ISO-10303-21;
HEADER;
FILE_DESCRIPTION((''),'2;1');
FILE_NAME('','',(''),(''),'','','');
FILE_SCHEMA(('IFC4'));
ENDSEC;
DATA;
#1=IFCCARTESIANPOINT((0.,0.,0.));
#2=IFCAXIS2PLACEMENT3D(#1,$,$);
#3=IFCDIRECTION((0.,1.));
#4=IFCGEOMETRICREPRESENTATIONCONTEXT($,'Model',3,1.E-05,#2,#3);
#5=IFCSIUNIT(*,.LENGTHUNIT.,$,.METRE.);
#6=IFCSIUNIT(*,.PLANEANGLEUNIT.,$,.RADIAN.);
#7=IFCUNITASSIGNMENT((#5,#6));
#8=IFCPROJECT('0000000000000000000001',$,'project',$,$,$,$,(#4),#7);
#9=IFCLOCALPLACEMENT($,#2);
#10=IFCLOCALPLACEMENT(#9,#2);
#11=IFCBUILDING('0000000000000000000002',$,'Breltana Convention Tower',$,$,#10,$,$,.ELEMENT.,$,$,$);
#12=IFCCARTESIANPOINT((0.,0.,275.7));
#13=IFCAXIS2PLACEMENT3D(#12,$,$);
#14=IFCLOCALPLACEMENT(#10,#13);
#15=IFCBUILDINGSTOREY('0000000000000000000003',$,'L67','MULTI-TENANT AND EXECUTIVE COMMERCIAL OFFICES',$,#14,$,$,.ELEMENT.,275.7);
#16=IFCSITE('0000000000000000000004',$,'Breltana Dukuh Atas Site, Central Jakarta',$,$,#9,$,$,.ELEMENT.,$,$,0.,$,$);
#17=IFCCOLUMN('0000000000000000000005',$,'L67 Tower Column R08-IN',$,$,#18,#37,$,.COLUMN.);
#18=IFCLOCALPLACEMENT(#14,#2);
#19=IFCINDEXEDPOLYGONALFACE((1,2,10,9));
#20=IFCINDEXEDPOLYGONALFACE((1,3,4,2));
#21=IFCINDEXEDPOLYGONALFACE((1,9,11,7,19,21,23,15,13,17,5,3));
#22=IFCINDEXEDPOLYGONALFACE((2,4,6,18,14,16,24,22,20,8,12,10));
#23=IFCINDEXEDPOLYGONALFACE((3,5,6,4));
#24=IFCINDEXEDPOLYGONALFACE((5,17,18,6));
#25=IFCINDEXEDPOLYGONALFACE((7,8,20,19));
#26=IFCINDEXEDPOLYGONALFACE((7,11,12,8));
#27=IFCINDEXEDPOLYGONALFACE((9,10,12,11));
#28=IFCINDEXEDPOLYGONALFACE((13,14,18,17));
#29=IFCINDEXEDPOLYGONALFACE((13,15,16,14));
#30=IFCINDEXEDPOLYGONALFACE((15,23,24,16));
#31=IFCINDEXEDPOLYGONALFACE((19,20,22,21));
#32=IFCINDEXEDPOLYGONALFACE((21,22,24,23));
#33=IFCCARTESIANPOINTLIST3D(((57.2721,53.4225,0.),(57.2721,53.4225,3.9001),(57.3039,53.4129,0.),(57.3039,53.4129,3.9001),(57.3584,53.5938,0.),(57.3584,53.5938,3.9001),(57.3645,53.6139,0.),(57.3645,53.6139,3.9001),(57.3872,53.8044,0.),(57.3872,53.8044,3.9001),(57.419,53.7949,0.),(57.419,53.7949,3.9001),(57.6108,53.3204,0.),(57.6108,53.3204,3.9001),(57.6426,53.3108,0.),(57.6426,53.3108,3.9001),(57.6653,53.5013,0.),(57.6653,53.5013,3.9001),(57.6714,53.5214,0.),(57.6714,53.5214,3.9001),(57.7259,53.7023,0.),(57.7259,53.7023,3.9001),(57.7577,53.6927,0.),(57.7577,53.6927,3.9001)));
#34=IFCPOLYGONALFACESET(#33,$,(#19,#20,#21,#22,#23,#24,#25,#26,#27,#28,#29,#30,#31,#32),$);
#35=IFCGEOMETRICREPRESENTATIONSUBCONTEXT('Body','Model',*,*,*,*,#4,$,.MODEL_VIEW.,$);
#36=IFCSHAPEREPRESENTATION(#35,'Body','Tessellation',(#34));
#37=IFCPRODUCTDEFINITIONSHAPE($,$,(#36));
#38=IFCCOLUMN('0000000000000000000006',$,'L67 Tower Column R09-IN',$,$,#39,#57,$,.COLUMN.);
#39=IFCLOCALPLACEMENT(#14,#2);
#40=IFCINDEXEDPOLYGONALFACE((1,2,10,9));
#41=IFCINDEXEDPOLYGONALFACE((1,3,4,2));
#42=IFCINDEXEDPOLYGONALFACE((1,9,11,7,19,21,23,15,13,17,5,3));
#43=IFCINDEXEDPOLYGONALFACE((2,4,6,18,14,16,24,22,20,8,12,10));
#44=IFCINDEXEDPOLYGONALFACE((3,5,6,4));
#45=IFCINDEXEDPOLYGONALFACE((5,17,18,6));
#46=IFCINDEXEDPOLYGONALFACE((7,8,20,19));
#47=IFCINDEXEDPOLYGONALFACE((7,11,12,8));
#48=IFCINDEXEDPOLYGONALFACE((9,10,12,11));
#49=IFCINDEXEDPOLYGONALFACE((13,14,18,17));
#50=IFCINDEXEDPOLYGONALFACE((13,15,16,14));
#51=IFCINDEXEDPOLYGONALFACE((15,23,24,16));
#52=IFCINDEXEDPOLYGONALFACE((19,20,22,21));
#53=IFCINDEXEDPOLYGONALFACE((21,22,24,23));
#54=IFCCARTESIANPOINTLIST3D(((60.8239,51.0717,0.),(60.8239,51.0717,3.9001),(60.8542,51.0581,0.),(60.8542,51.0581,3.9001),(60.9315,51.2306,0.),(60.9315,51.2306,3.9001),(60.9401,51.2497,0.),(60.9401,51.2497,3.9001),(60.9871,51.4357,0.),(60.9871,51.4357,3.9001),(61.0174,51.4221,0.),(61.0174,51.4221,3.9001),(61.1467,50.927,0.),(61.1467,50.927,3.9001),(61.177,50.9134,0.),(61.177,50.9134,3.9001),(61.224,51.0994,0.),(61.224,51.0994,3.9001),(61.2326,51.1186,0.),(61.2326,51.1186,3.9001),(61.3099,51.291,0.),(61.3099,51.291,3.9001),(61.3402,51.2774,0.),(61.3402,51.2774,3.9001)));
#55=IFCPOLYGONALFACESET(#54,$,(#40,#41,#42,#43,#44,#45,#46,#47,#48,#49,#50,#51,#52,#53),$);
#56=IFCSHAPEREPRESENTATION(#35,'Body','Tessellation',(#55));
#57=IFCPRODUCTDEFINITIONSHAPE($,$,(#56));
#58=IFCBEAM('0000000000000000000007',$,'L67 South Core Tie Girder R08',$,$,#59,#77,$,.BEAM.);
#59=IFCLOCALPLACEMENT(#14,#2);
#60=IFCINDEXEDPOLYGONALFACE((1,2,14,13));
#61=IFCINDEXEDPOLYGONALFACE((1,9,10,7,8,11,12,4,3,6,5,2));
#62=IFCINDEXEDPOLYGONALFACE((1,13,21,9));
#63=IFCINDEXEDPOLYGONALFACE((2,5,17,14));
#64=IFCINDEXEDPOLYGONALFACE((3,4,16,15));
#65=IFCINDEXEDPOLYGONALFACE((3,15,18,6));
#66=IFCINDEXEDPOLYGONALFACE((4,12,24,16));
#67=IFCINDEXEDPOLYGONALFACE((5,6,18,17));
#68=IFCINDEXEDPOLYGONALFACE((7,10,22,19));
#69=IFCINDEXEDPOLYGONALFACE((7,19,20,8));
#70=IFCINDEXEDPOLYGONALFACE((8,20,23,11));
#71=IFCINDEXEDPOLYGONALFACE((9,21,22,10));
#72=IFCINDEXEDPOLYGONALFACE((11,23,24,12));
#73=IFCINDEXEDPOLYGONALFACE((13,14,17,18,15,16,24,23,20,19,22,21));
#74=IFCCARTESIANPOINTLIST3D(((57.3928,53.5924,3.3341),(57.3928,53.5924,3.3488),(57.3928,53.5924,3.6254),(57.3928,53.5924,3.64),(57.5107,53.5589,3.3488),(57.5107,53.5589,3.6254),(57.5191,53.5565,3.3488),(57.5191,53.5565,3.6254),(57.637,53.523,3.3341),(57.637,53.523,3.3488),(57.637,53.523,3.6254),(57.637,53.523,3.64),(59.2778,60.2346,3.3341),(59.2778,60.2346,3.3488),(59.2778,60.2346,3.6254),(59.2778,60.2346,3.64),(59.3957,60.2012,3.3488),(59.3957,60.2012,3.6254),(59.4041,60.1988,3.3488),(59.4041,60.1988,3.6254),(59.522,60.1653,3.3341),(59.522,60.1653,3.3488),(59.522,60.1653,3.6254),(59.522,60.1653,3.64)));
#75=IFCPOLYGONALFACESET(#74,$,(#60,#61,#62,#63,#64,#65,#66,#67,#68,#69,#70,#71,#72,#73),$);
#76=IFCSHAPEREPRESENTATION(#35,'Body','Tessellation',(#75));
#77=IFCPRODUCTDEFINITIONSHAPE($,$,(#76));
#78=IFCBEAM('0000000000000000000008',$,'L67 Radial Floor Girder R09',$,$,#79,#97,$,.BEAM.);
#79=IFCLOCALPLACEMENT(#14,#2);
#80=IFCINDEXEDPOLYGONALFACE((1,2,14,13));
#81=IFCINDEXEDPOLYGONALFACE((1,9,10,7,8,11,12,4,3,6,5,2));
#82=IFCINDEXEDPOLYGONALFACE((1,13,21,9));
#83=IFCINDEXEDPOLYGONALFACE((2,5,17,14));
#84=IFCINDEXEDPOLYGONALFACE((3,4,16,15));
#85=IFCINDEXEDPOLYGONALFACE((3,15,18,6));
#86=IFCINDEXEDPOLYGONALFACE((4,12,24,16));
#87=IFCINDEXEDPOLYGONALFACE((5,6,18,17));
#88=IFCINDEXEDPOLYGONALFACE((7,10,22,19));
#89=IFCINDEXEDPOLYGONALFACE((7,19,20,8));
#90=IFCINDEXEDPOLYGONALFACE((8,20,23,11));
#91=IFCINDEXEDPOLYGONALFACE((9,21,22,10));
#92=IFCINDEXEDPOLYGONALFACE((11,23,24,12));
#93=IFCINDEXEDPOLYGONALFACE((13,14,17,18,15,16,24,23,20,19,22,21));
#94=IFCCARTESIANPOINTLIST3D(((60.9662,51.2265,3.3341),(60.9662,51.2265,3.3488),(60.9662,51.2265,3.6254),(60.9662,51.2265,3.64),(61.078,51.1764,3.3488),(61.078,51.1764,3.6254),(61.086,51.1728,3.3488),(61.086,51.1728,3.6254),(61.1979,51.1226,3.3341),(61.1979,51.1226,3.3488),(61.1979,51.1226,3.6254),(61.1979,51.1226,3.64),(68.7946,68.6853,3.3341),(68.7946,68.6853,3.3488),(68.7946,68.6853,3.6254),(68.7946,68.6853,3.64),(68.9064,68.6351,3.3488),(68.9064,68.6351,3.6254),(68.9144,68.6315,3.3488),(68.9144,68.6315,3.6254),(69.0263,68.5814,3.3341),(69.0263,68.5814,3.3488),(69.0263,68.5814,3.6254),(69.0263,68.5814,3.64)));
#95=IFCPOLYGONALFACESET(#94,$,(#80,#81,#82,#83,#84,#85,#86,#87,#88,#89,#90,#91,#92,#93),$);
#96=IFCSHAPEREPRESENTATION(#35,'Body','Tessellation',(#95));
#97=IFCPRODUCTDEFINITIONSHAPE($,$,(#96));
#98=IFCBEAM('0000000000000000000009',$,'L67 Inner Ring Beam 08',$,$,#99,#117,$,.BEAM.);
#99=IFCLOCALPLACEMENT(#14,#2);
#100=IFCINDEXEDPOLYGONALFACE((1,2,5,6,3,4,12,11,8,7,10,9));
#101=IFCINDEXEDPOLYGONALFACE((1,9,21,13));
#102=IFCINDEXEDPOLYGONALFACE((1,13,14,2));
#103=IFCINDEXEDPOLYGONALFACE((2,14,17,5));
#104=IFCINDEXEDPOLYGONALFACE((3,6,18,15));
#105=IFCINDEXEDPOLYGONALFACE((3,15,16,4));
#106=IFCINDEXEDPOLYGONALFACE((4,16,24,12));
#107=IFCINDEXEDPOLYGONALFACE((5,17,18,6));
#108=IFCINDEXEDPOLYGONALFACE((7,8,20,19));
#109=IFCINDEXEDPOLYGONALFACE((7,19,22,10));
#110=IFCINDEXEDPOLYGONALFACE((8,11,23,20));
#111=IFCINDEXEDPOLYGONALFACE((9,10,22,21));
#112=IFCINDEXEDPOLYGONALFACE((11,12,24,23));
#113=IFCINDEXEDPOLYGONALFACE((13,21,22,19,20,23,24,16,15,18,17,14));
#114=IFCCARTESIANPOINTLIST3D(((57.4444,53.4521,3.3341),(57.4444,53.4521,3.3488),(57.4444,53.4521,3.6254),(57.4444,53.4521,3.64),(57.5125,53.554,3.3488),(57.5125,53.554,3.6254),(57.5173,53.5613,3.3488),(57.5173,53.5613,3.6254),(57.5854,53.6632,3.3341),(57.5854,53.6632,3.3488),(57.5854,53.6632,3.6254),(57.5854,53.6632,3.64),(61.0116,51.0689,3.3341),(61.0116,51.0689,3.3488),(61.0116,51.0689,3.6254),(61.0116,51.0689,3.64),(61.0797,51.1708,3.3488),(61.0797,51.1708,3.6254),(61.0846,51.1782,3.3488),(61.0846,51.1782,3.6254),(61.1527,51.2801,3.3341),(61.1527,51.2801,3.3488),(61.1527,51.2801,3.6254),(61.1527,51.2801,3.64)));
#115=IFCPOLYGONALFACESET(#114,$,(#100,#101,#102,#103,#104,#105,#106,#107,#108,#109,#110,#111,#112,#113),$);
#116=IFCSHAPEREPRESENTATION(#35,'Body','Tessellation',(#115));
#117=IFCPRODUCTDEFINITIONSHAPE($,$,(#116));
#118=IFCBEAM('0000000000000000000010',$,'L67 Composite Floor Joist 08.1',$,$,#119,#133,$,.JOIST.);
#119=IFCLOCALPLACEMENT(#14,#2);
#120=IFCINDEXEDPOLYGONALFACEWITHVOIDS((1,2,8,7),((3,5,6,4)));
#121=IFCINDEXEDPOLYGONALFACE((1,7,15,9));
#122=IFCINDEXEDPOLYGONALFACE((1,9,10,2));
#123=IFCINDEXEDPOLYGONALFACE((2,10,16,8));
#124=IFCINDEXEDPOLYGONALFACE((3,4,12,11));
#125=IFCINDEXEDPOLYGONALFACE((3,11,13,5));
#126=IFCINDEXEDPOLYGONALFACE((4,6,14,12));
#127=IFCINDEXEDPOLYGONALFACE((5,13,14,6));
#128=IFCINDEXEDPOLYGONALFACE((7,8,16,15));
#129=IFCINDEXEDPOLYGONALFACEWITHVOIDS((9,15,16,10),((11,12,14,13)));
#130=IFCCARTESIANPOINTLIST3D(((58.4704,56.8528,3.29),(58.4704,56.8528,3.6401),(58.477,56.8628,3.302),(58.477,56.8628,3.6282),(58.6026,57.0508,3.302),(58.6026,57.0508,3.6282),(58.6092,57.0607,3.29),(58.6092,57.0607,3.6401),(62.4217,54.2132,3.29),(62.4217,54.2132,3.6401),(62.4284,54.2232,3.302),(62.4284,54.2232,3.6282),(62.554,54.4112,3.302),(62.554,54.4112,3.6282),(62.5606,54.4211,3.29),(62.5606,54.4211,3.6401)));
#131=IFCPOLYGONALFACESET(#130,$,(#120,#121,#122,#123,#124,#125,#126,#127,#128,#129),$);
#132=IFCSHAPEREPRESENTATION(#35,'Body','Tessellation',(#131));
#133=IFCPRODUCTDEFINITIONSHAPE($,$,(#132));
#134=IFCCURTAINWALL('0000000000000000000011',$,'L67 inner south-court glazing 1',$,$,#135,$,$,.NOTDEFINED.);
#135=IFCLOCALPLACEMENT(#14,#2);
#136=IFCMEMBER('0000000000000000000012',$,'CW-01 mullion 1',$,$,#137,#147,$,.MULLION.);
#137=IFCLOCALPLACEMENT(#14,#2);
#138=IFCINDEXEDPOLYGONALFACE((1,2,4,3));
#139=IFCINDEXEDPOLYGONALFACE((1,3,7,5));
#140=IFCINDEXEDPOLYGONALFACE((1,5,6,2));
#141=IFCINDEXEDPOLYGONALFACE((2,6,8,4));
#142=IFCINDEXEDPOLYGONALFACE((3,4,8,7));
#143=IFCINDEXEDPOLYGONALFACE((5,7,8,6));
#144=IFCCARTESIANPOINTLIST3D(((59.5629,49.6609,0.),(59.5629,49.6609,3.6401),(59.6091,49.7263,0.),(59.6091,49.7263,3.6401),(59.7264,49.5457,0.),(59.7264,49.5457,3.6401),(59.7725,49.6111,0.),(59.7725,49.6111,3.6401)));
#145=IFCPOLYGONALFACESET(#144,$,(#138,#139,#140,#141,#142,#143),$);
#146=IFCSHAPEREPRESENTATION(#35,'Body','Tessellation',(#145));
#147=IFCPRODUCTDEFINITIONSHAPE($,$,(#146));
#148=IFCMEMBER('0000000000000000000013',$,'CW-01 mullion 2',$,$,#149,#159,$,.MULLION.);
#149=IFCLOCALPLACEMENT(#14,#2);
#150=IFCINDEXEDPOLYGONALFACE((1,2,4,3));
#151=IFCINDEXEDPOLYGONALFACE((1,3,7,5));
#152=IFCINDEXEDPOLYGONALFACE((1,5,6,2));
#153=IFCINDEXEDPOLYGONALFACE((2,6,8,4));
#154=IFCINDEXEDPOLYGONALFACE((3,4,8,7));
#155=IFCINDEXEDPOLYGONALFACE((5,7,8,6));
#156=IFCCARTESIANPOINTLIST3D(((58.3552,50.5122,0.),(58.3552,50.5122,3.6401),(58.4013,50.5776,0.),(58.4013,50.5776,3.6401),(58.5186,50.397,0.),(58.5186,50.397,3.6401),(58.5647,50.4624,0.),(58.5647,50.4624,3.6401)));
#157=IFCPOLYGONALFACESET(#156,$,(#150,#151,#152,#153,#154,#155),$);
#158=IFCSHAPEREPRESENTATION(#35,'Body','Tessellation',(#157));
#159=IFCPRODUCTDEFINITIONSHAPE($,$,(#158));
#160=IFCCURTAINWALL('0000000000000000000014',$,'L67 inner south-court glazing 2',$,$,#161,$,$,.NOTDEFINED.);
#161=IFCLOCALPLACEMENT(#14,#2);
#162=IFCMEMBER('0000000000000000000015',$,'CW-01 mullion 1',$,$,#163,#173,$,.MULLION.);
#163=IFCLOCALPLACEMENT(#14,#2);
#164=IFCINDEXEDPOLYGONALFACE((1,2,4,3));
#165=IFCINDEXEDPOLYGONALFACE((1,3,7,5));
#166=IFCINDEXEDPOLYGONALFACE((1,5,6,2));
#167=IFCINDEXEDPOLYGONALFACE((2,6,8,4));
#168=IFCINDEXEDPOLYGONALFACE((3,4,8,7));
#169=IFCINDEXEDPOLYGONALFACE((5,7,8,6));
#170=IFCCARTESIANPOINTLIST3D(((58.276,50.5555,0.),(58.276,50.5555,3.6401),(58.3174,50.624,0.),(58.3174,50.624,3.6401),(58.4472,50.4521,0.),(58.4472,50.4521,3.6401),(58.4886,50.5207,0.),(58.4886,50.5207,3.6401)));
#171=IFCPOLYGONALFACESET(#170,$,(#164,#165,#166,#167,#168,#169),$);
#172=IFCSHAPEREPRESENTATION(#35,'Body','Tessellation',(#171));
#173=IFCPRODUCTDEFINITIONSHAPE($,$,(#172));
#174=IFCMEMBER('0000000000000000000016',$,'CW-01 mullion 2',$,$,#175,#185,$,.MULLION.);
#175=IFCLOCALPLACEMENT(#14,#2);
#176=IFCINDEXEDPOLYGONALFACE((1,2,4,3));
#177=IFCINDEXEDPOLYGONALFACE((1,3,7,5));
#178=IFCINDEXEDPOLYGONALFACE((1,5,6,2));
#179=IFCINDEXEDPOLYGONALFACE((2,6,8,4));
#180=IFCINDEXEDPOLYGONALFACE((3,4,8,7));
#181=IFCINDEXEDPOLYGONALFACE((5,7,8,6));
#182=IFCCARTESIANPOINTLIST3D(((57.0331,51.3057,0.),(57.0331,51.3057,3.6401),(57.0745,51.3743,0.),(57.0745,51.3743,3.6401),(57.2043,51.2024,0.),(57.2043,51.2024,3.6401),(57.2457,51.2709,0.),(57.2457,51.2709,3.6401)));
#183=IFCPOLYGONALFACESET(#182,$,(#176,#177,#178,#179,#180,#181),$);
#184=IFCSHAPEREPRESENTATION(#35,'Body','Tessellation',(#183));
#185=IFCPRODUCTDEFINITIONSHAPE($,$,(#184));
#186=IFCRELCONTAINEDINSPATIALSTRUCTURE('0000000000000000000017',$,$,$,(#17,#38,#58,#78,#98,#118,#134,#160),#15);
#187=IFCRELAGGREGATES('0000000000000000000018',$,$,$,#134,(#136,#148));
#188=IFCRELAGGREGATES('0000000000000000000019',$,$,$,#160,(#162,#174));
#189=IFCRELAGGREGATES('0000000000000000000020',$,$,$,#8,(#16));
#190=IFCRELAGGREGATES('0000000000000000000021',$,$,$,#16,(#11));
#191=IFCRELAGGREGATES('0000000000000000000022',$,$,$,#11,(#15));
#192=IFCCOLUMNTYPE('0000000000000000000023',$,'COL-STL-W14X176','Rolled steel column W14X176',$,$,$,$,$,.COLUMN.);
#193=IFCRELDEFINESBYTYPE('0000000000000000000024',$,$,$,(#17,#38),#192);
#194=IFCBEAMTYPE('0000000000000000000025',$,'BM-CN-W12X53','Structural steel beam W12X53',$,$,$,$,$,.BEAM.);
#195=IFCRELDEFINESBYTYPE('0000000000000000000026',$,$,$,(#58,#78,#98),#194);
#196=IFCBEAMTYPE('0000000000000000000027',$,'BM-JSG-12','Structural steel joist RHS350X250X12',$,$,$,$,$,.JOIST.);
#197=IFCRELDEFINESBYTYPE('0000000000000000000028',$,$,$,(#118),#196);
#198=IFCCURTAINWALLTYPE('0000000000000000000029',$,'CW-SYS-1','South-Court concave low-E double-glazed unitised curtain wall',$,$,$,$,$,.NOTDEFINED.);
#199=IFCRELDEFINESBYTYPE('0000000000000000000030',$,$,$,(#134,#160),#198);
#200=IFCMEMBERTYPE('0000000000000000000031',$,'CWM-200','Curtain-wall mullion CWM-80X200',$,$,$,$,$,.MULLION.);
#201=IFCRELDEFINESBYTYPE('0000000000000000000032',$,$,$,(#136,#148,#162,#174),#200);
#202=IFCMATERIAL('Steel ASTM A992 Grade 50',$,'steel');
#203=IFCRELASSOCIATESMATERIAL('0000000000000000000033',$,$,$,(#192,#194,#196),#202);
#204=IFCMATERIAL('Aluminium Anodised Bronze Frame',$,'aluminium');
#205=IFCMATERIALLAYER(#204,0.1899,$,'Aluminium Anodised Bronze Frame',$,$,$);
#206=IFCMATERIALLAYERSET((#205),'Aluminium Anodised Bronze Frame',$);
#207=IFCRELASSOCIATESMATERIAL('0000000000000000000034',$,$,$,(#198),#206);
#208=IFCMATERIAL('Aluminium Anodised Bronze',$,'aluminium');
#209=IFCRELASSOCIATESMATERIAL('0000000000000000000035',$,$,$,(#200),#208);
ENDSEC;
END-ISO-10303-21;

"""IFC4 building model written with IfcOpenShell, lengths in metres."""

from ifc_helpers import new_model, si_unit, direction, frame, origin, origin_2d, place, context, subcontext, project, spatial, rectangle, hollow_rectangle, i_section, extrude, source, transform, mapped, material, layer, layer_set, material_profile, profile_set, type_object, element, aggregate, save


model = new_model("IFC4")

# Units and contexts
model_context = context("Model", 3, precision=1e-05, world=origin(), true_north=direction((0.0, 1.0)))
body_context = subcontext(model_context, "Body", "Model", "MODEL_VIEW")
ifc_project = project(units=[si_unit("LENGTHUNIT", "METRE"), si_unit("PLANEANGLEUNIT", "RADIAN")], contexts=[model_context])

# Site, building, storey
site_placement = place(None, origin())
site = spatial("IfcSite", under=ifc_project, at=site_placement, Name="Breltana Dukuh Atas Site, Central Jakarta", CompositionType="ELEMENT", RefElevation=0.0)
building_placement = place(site_placement, origin())
building = spatial("IfcBuilding", under=site, at=building_placement, Name="Breltana Convention Tower", CompositionType="ELEMENT")
storey_placement = place(building_placement, frame((0.0, 0.0, 275.7)))
storey = spatial("IfcBuildingStorey", under=building, at=storey_placement, Name="L67", Description="MULTI-TENANT AND EXECUTIVE COMMERCIAL OFFICES", CompositionType="ELEMENT", Elevation=275.7)

# Columns
ifc_material_1 = material(Name="Steel ASTM A992 Grade 50", Category="steel")
ifc_material_profile_1 = material_profile(ifc_material_1, i_section(OverallWidth=0.3989, OverallDepth=0.387, WebThickness=0.021, FlangeThickness=0.0332, at=origin_2d()), Name="W14X176")
ifc_profile_set_1 = profile_set([ifc_material_profile_1], Name="Steel ASTM A992 Grade 50")
column_type = type_object("IfcColumnType", Name="COL-STL-W14X176", Description="Rolled steel column W14X176", PredefinedType="COLUMN", material=ifc_profile_set_1)
shared_shape_1 = source(origin(), body_context, "Body", "SweptSolid", [
    extrude(i_section(OverallWidth=0.3989, OverallDepth=0.387, WebThickness=0.021, FlangeThickness=0.0332, at=origin_2d()), origin(), (0.0, 0.0, 1.0), 3.9001),
])
for number, where, z_axis, x_axis, name in (
    (1, (57.5149, 53.5576, 0.0), (0.0, 0.0, 1.0), (0.288698, 0.95742, 0.0), "L67 Tower Column R08-IN"),
    (2, (61.082, 51.1746, 0.0), (0.0, 0.0, 1.0), (0.409127, 0.912477, 0.0), "L67 Tower Column R09-IN"),
):
    element("IfcColumn", number, at=place(storey_placement, frame(where, z_axis=z_axis, x_axis=x_axis)), inside=storey, type_object=column_type, Name=name, PredefinedType="COLUMN", context=body_context, shape_type="MappedRepresentation", body=[
        mapped(shared_shape_1, transform((0.0, 0.0, 0.0), scale=1.0)),
    ])

# Beams
ifc_material_profile_2 = material_profile(ifc_material_1, i_section(OverallWidth=0.2539, OverallDepth=0.3059, WebThickness=0.0088, FlangeThickness=0.0146, at=origin_2d()), Name="W12X53")
ifc_profile_set_2 = profile_set([ifc_material_profile_2], Name="Steel ASTM A992 Grade 50")
beam_type_1 = type_object("IfcBeamType", Name="BM-CN-W12X53", Description="Structural steel beam W12X53", PredefinedType="BEAM", material=ifc_profile_set_2)
shared_shape_2 = source(origin(), body_context, "Body", "SweptSolid", [
    extrude(i_section(OverallWidth=0.2539, OverallDepth=0.3059, WebThickness=0.0088, FlangeThickness=0.0146, at=origin_2d()), origin(), (0.0, 0.0, 1.0), 6.9045),
])
beam_1_placement = place(storey_placement, frame((59.3999, 60.2, 3.4871), z_axis=(-0.273007, -0.962012, 0.0), x_axis=(0.962012, -0.273007, 0.0)))
element("IfcBeam", 3, at=beam_1_placement, inside=storey, type_object=beam_type_1, Name="L67 South Core Tie Girder R08", PredefinedType="BEAM", context=body_context, shape_type="MappedRepresentation", body=[
    mapped(shared_shape_2, transform((0.0, 0.0, 0.0), scale=1.0)),
])
shared_shape_3 = source(origin(), body_context, "Body", "SweptSolid", [
    extrude(i_section(OverallWidth=0.2539, OverallDepth=0.3059, WebThickness=0.0088, FlangeThickness=0.0146, at=origin_2d()), origin(), (0.0, 0.0, 1.0), 19.1335),
])
beam_2_placement = place(storey_placement, frame((61.082, 51.1746, 3.4871), z_axis=(0.409145, 0.91247, 0.0), x_axis=(-0.91247, 0.409145, 0.0)))
element("IfcBeam", 4, at=beam_2_placement, inside=storey, type_object=beam_type_1, Name="L67 Radial Floor Girder R09", PredefinedType="BEAM", context=body_context, shape_type="MappedRepresentation", body=[
    mapped(shared_shape_3, transform((0.0, 0.0, 0.0), scale=1.0)),
])
shared_shape_4 = source(origin(), body_context, "Body", "SweptSolid", [
    extrude(i_section(OverallWidth=0.2539, OverallDepth=0.3059, WebThickness=0.0088, FlangeThickness=0.0146, at=origin_2d()), origin(), (0.0, 0.0, 1.0), 4.29),
])
beam_3_placement = place(storey_placement, frame((57.5149, 53.5576, 3.4871), z_axis=(0.831516, -0.555501, 0.0), x_axis=(0.555501, 0.831516, 0.0)))
element("IfcBeam", 5, at=beam_3_placement, inside=storey, type_object=beam_type_1, Name="L67 Inner Ring Beam 08", PredefinedType="BEAM", context=body_context, shape_type="MappedRepresentation", body=[
    mapped(shared_shape_4, transform((0.0, 0.0, 0.0), scale=1.0)),
])
ifc_material_profile_3 = material_profile(ifc_material_1, hollow_rectangle(XDim=0.25, YDim=0.3501, WallThickness=0.012, at=origin_2d()), Name="RHS350X250X12")
ifc_profile_set_3 = profile_set([ifc_material_profile_3], Name="Steel ASTM A992 Grade 50")
beam_type_2 = type_object("IfcBeamType", Name="BM-JSG-12", Description="Structural steel joist RHS350X250X12", PredefinedType="JOIST", material=ifc_profile_set_3)
shared_shape_5 = source(origin(), body_context, "Body", "SweptSolid", [
    extrude(hollow_rectangle(XDim=0.25, YDim=0.3501, WallThickness=0.012, at=origin_2d()), origin(), (0.0, 0.0, 1.0), 4.752),
])
beam_4_placement = place(storey_placement, frame((58.5398, 56.9568, 3.4651), z_axis=(0.831528, -0.555482, 0.0), x_axis=(0.555482, 0.831528, 0.0)))
element("IfcBeam", 6, at=beam_4_placement, inside=storey, type_object=beam_type_2, Name="L67 Composite Floor Joist 08.1", PredefinedType="JOIST", context=body_context, shape_type="MappedRepresentation", body=[
    mapped(shared_shape_5, transform((0.0, 0.0, 0.0), scale=1.0)),
])

# Curtain walls, members
ifc_material_2 = material(Name="Aluminium Anodised Bronze Frame", Category="aluminium")
ifc_layer_1 = layer(ifc_material_2, 0.1899, Name="Aluminium Anodised Bronze Frame")
ifc_layer_set_1 = layer_set([ifc_layer_1], Name="Aluminium Anodised Bronze Frame")
curtain_wall_type = type_object("IfcCurtainWallType", Name="CW-SYS-1", Description="South-Court concave low-E double-glazed unitised curtain wall", PredefinedType="NOTDEFINED", material=ifc_layer_set_1)
curtain_wall_1_placement = place(storey_placement, origin())
curtain_wall_1 = element("IfcCurtainWall", 7, at=curtain_wall_1_placement, inside=storey, type_object=curtain_wall_type, Name="L67 inner south-court glazing 1", PredefinedType="NOTDEFINED")
ifc_material_3 = material(Name="Aluminium Anodised Bronze", Category="aluminium")
ifc_material_profile_4 = material_profile(ifc_material_3, rectangle(XDim=0.0801, YDim=0.2, at=origin_2d()), Name="CWM-80X200")
ifc_profile_set_4 = profile_set([ifc_material_profile_4], Name="Aluminium Anodised Bronze")
member_type_1 = type_object("IfcMemberType", Name="CWM-200", Description="Curtain-wall mullion CWM-80X200", PredefinedType="MULLION", material=ifc_profile_set_4)
shared_shape_6 = source(origin(), body_context, "Body", "SweptSolid", [
    extrude(rectangle(XDim=0.0801, YDim=0.2, at=origin_2d()), origin(), (0.0, 0.0, 1.0), 3.6401),
])
member_1_placement = place(storey_placement, frame((59.6677, 49.636, 0.0), z_axis=(0.0, 0.0, 1.0), x_axis=(-0.576174, -0.817327, 0.0)))
member_1 = element("IfcMember", 8, at=member_1_placement, type_object=member_type_1, Name="CW-01 mullion 1", PredefinedType="MULLION", context=body_context, shape_type="MappedRepresentation", body=[
    mapped(shared_shape_6, transform((0.0, 0.0, 0.0), scale=1.0)),
])
member_2_placement = place(storey_placement, frame((58.46, 50.4873, 0.0), z_axis=(0.0, 0.0, 1.0), x_axis=(-0.576174, -0.817327, 0.0)))
member_2 = element("IfcMember", 9, at=member_2_placement, type_object=member_type_1, Name="CW-01 mullion 2", PredefinedType="MULLION", context=body_context, shape_type="MappedRepresentation", body=[
    mapped(shared_shape_6, transform((0.0, 0.0, 0.0), scale=1.0)),
])
curtain_wall_2_placement = place(storey_placement, origin())
curtain_wall_2 = element("IfcCurtainWall", 10, at=curtain_wall_2_placement, inside=storey, type_object=curtain_wall_type, Name="L67 inner south-court glazing 2", PredefinedType="NOTDEFINED")
member_3_placement = place(storey_placement, frame((58.3823, 50.5381, 0.0), z_axis=(0.0, 0.0, 1.0), x_axis=(-0.516827, -0.85609, 0.0)))
member_3 = element("IfcMember", 11, at=member_3_placement, type_object=member_type_1, Name="CW-01 mullion 1", PredefinedType="MULLION", context=body_context, shape_type="MappedRepresentation", body=[
    mapped(shared_shape_6, transform((0.0, 0.0, 0.0), scale=1.0)),
])
member_4_placement = place(storey_placement, frame((57.1394, 51.2883, 0.0), z_axis=(0.0, 0.0, 1.0), x_axis=(-0.516827, -0.85609, 0.0)))
member_4 = element("IfcMember", 12, at=member_4_placement, type_object=member_type_1, Name="CW-01 mullion 2", PredefinedType="MULLION", context=body_context, shape_type="MappedRepresentation", body=[
    mapped(shared_shape_6, transform((0.0, 0.0, 0.0), scale=1.0)),
])

aggregate(curtain_wall_1, [member_1, member_2])
aggregate(curtain_wall_2, [member_3, member_4])

save(model, "model.ifc")
